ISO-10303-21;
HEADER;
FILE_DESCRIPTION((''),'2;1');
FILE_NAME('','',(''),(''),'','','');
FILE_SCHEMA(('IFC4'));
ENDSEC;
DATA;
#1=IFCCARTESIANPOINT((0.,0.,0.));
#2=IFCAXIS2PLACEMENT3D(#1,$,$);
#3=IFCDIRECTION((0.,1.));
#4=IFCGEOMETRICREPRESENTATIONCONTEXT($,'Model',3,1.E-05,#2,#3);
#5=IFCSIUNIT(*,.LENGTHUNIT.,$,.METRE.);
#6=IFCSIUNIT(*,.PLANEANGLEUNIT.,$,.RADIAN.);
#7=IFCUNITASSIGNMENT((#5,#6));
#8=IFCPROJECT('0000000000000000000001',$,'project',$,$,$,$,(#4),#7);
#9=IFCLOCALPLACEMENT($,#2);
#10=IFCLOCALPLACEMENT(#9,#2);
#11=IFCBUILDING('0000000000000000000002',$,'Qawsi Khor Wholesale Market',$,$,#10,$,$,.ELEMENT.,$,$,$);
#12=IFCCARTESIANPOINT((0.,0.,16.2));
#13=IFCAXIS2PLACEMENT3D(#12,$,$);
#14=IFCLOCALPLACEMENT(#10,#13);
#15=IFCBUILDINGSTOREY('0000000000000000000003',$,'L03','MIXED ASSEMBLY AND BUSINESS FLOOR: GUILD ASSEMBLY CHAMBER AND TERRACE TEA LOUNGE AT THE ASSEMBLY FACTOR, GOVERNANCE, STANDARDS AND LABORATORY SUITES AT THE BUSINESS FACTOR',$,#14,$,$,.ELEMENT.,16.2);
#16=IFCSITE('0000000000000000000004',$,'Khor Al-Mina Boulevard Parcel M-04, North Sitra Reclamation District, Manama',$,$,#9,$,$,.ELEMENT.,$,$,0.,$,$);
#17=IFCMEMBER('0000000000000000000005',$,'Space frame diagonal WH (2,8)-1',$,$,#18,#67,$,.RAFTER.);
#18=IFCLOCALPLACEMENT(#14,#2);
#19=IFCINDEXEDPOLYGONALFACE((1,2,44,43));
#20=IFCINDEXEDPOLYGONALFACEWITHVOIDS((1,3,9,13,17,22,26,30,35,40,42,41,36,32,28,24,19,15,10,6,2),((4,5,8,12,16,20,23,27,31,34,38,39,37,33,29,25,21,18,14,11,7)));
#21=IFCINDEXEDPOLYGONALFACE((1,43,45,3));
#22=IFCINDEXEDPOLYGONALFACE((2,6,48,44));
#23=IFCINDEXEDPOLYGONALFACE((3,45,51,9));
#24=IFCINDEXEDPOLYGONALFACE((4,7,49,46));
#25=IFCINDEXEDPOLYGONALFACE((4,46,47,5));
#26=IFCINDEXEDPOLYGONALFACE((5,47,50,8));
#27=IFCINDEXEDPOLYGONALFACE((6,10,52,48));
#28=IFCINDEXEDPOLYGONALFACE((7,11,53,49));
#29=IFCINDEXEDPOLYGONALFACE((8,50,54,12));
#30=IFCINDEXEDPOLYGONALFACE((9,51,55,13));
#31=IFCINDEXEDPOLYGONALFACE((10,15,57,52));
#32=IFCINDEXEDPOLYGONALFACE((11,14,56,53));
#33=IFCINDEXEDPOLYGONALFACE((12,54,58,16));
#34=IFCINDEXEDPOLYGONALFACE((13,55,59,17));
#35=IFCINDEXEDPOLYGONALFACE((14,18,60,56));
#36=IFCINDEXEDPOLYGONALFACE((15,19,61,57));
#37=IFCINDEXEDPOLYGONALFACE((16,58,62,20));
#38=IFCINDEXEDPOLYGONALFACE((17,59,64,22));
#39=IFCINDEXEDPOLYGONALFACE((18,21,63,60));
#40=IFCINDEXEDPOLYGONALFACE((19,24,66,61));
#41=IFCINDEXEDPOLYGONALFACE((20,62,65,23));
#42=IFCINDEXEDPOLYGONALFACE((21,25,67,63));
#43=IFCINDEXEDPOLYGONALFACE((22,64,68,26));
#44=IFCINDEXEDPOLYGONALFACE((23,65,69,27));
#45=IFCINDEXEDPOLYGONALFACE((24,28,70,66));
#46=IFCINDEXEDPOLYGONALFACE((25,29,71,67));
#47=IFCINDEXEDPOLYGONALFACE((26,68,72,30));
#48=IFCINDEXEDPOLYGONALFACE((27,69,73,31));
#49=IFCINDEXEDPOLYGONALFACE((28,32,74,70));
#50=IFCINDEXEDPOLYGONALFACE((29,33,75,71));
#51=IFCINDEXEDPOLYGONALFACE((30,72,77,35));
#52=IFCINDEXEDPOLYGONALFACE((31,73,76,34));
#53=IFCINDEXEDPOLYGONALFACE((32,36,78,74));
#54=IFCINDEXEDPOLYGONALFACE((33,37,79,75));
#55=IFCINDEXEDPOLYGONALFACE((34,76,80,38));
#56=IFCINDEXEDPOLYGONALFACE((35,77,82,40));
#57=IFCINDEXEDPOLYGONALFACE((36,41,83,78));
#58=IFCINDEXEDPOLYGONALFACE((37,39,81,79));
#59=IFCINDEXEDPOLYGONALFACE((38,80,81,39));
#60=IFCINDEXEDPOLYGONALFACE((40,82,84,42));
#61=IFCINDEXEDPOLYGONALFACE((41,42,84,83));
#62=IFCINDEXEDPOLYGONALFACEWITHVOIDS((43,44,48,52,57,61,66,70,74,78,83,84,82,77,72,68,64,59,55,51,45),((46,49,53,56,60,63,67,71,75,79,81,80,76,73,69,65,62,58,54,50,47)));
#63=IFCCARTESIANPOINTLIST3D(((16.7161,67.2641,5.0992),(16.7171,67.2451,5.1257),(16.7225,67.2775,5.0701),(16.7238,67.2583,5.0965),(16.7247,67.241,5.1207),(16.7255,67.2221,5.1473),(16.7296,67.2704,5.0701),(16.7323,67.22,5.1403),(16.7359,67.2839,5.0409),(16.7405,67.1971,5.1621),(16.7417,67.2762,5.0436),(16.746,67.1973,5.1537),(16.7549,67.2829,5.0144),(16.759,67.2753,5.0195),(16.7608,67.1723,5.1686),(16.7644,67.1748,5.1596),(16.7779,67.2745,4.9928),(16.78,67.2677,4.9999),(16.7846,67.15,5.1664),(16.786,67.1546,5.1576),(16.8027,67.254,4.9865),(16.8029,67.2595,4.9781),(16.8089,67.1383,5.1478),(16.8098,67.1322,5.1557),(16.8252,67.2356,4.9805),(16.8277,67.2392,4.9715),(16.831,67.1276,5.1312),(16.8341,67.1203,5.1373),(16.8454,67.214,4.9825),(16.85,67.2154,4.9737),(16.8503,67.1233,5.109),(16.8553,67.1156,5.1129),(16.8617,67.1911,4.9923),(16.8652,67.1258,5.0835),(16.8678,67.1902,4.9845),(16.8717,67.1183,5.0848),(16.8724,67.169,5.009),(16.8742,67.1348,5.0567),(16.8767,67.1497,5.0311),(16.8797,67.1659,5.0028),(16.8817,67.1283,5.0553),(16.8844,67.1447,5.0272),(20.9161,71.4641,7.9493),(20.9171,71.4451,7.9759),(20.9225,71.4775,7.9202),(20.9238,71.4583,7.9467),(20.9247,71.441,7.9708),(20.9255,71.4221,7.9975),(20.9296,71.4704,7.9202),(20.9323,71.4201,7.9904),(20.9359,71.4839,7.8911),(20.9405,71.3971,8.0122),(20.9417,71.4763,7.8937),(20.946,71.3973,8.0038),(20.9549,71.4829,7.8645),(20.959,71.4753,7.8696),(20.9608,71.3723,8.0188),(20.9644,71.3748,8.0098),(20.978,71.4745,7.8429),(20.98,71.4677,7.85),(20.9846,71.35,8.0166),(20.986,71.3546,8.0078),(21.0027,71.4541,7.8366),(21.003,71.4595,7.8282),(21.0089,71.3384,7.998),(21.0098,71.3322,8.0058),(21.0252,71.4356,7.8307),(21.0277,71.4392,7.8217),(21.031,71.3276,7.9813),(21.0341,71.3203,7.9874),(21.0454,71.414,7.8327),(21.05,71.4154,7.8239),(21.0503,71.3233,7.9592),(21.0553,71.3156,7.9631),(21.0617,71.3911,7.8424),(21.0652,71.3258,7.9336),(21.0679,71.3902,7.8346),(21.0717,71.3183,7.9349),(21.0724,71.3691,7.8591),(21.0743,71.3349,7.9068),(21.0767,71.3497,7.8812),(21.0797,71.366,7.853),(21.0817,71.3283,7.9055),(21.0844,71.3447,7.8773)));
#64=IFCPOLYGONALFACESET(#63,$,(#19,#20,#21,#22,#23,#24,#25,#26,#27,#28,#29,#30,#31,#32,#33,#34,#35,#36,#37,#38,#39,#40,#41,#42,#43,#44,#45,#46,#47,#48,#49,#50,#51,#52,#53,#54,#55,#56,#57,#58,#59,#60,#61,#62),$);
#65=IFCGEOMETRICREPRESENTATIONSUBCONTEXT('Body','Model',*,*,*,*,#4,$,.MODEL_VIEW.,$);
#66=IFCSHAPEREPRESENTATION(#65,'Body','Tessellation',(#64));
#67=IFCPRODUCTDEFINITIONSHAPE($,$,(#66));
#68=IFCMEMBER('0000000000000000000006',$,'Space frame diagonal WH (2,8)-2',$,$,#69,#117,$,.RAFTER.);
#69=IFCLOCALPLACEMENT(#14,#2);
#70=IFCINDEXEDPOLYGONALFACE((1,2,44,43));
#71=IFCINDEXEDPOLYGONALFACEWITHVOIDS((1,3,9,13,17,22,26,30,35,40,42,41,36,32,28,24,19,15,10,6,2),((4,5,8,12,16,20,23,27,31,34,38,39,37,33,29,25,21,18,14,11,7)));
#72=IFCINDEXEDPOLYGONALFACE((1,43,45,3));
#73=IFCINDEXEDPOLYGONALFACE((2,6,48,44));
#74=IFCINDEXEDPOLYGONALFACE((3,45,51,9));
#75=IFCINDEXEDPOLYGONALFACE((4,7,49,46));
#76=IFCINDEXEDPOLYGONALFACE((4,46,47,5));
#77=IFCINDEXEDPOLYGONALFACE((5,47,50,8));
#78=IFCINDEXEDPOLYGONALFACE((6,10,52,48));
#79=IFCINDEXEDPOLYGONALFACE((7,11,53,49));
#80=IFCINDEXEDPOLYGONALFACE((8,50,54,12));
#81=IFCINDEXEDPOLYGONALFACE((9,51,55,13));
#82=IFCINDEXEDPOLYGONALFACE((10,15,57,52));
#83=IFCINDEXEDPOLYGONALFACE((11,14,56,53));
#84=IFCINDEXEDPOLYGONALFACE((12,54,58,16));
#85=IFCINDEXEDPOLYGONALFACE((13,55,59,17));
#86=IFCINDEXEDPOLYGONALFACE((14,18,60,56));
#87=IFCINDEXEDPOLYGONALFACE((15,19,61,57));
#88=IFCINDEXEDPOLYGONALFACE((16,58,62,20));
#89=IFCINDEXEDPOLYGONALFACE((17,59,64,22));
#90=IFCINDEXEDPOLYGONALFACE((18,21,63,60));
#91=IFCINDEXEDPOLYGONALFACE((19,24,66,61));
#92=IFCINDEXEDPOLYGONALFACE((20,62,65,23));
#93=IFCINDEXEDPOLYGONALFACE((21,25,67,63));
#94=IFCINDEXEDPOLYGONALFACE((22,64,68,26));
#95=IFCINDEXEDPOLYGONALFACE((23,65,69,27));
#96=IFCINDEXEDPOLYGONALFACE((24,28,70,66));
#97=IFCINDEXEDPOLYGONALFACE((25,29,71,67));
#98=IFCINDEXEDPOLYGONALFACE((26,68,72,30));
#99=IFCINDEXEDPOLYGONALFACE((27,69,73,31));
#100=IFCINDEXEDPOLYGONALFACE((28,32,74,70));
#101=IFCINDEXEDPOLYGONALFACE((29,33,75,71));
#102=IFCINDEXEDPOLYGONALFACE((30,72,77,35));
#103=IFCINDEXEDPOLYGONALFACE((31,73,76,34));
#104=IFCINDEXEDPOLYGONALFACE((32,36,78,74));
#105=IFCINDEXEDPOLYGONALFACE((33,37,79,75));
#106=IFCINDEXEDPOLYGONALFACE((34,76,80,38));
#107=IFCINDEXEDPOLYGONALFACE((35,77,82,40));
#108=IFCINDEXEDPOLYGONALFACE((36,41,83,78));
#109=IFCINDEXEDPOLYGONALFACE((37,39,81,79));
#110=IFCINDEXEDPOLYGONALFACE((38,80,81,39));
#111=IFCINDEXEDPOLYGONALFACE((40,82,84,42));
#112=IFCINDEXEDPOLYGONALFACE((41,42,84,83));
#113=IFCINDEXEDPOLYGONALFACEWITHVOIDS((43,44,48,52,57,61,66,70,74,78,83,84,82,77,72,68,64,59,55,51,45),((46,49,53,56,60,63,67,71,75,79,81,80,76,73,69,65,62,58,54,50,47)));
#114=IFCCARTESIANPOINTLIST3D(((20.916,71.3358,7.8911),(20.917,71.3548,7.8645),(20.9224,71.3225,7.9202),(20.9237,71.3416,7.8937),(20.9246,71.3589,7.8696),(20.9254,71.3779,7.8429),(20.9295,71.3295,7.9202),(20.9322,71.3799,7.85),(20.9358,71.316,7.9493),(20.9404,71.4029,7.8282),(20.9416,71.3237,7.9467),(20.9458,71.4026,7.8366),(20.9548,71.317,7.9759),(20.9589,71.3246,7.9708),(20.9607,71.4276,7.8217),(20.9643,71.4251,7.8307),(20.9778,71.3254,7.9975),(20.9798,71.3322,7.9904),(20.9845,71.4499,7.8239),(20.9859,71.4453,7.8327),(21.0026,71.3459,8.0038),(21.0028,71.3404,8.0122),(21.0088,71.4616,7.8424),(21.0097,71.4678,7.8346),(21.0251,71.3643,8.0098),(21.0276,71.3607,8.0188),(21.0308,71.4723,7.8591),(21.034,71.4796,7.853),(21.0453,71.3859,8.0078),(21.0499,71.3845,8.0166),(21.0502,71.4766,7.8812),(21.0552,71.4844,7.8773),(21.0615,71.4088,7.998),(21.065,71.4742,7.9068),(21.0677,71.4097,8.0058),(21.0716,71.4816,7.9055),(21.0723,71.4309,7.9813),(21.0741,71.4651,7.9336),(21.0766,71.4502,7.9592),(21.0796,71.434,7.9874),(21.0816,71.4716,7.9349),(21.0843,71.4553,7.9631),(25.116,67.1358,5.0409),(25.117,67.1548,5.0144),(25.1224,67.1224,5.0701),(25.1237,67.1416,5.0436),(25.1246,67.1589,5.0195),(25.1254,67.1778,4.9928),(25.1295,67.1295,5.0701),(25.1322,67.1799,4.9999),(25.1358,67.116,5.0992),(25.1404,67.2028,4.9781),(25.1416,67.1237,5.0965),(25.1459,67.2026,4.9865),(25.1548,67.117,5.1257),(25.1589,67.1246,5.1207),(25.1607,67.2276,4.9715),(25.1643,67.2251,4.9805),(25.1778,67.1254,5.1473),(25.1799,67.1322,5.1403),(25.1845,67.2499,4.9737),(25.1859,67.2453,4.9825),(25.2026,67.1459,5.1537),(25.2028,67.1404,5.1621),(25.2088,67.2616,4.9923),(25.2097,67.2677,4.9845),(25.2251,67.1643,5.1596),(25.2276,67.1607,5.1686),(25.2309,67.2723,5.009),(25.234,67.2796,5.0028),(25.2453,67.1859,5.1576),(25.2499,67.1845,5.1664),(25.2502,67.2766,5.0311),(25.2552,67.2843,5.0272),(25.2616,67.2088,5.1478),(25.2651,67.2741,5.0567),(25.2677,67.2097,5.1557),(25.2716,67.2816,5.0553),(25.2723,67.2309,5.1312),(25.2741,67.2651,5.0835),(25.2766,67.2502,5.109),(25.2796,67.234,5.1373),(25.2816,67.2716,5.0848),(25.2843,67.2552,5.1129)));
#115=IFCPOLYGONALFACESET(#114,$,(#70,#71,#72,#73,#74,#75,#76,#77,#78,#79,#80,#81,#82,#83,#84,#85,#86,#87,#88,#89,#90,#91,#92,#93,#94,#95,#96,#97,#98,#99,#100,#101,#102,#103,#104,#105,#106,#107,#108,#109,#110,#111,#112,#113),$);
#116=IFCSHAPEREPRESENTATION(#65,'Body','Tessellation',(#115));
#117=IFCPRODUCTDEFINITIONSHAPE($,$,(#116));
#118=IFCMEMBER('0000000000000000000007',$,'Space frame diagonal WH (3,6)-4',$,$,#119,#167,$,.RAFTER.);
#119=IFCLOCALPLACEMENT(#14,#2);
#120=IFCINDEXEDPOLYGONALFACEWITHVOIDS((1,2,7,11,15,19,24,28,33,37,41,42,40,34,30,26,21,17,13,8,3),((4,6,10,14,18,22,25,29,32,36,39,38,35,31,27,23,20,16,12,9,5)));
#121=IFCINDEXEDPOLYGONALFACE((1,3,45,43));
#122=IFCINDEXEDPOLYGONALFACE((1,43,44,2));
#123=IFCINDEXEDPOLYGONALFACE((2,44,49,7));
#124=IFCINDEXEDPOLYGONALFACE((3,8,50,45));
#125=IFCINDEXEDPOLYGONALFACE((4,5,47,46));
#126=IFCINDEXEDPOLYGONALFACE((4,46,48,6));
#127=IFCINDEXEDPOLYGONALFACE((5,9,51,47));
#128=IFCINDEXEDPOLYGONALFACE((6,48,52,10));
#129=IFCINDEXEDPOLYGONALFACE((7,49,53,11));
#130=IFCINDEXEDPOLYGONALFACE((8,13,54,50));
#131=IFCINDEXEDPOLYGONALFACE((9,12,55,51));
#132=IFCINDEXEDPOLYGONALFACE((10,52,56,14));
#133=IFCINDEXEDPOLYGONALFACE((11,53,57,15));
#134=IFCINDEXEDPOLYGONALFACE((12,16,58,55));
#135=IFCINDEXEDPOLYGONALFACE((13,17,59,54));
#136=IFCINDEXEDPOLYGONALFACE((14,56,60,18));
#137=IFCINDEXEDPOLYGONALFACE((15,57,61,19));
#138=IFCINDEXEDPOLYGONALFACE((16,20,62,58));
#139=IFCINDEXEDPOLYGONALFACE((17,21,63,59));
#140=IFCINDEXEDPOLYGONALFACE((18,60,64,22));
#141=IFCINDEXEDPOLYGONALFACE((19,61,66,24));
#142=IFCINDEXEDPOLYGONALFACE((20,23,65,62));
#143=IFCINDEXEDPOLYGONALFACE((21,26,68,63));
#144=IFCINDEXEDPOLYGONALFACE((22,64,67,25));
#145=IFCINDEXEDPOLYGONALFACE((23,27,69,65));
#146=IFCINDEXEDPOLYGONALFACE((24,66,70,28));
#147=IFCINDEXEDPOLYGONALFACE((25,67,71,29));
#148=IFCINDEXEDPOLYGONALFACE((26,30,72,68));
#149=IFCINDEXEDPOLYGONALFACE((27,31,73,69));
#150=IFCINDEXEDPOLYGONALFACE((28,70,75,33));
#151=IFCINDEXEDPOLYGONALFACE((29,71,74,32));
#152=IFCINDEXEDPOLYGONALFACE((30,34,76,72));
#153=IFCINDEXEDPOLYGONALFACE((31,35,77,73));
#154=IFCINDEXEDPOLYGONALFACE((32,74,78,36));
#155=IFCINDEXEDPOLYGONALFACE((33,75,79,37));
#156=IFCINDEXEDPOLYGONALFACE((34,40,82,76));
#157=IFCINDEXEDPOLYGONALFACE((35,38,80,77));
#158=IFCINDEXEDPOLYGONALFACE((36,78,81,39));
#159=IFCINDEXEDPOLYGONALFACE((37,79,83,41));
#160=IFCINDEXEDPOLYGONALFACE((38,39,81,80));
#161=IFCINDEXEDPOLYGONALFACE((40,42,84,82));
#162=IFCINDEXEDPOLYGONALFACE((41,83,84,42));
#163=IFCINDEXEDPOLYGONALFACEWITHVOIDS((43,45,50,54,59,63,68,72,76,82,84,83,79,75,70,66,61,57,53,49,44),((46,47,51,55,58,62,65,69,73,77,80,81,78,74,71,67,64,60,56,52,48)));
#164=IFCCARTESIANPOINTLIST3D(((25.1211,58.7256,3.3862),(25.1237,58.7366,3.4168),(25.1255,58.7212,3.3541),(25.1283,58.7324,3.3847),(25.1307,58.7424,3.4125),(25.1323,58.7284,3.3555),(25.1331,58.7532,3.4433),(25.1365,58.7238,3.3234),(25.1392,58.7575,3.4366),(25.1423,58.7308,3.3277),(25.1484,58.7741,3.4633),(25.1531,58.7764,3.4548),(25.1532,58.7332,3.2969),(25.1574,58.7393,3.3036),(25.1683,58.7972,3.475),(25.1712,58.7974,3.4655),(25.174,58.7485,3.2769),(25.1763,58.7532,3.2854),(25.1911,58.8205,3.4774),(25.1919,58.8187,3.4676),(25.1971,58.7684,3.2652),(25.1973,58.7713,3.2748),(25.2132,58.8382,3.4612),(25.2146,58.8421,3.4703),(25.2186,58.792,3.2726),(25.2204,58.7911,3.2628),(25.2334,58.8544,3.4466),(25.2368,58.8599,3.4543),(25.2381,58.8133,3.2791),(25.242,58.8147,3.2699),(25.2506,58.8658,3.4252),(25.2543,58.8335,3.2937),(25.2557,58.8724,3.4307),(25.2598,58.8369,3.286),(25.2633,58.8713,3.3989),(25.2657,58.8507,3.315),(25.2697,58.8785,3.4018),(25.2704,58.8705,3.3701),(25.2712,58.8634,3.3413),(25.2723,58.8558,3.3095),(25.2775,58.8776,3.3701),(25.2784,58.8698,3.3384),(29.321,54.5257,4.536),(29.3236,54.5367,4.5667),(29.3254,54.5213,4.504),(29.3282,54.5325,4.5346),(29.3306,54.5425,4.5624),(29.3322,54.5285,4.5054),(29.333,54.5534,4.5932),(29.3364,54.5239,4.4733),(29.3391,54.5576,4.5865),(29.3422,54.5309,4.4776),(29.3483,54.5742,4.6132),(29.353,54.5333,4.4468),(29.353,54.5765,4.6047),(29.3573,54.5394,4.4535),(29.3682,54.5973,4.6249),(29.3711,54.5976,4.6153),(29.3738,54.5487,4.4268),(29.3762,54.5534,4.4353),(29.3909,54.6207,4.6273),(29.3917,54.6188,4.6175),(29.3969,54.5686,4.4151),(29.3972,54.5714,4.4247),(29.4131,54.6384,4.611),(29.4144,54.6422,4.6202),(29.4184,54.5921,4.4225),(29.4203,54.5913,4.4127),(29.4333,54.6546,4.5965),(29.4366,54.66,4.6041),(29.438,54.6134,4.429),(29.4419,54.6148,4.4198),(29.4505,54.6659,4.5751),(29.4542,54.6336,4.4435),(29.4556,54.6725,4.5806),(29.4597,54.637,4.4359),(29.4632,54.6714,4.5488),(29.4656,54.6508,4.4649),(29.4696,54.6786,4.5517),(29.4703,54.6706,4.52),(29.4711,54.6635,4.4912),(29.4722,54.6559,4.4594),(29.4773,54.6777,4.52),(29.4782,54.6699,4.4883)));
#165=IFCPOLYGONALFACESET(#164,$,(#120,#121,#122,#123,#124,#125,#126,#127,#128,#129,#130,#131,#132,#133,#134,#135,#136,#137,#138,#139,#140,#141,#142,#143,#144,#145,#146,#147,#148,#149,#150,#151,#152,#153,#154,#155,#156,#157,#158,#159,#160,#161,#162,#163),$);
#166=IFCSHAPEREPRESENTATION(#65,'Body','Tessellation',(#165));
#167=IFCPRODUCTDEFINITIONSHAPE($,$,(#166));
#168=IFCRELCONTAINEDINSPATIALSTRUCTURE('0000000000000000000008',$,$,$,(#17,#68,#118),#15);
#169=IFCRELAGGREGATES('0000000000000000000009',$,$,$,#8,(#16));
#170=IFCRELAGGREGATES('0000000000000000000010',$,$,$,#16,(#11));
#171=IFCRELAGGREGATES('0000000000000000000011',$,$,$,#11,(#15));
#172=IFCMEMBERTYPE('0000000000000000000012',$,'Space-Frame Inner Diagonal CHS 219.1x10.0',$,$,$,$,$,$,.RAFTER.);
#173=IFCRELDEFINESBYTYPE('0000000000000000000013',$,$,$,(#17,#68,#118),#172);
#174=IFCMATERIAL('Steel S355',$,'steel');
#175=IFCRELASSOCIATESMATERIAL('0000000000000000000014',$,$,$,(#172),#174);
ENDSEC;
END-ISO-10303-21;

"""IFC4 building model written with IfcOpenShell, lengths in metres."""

from ifc_helpers import new_model, si_unit, direction, frame, origin, origin_2d, place, context, subcontext, project, spatial, hollow_circle, extrude, material, material_profile, profile_set, type_object, element, save


model = new_model("IFC4")

# Units and contexts
model_context = context("Model", 3, precision=1e-05, world=origin(), true_north=direction((0.0, 1.0)))
body_context = subcontext(model_context, "Body", "Model", "MODEL_VIEW")
ifc_project = project(units=[si_unit("LENGTHUNIT", "METRE"), si_unit("PLANEANGLEUNIT", "RADIAN")], contexts=[model_context])

# Site, building, storey
site_placement = place(None, origin())
site = spatial("IfcSite", under=ifc_project, at=site_placement, Name="Khor Al-Mina Boulevard Parcel M-04, North Sitra Reclamation District, Manama", CompositionType="ELEMENT", RefElevation=0.0)
building_placement = place(site_placement, origin())
building = spatial("IfcBuilding", under=site, at=building_placement, Name="Qawsi Khor Wholesale Market", CompositionType="ELEMENT")
storey_placement = place(building_placement, frame((0.0, 0.0, 16.2)))
storey = spatial("IfcBuildingStorey", under=building, at=storey_placement, Name="L03", Description="MIXED ASSEMBLY AND BUSINESS FLOOR: GUILD ASSEMBLY CHAMBER AND TERRACE TEA LOUNGE AT THE ASSEMBLY FACTOR, GOVERNANCE, STANDARDS AND LABORATORY SUITES AT THE BUSINESS FACTOR", CompositionType="ELEMENT", Elevation=16.2)

# Members
ifc_material_1 = material(Name="Steel S355", Category="steel")
ifc_material_profile_1 = material_profile(ifc_material_1, hollow_circle(Radius=0.1096, WallThickness=0.01, at=origin_2d()), Name="CHS 219.1x10.0")
ifc_profile_set_1 = profile_set([ifc_material_profile_1], Name="Steel S355")
member_type_1 = type_object("IfcMemberType", Name="Space-Frame Inner Diagonal CHS 219.1x10.0", PredefinedType="RAFTER", material=ifc_profile_set_1)
for number, where, z_axis, x_axis, name in (
    (1, (16.8, 67.2, 5.0701), (0.637512, 0.637512, 0.432617), (-0.707107, 0.707107, 0.0), "Space frame diagonal WH (2,8)-1"),
    (2, (25.2, 67.2, 5.0701), (-0.637512, 0.637512, 0.432617), (-0.707107, -0.707107, 0.0), "Space frame diagonal WH (2,8)-2"),
):
    element("IfcMember", number, at=place(storey_placement, frame(where, z_axis=z_axis, x_axis=x_axis)), inside=storey, type_object=member_type_1, Name=name, PredefinedType="RAFTER", context=body_context, shape_type="SweptSolid", body=[
        extrude(hollow_circle(Radius=0.1096, WallThickness=0.01, at=origin_2d()), origin(), (0.0, 0.0, 1.0), 6.5881),
    ])
member_1_placement = place(storey_placement, frame((25.2, 58.8, 3.3701), z_axis=(0.694217, -0.694217, 0.190069), x_axis=(0.707107, 0.707107, 0.0)))
element("IfcMember", 3, at=member_1_placement, inside=storey, type_object=member_type_1, Name="Space frame diagonal WH (3,6)-4", PredefinedType="RAFTER", context=body_context, shape_type="SweptSolid", body=[
    extrude(hollow_circle(Radius=0.1096, WallThickness=0.01, at=origin_2d()), origin(), (0.0, 0.0, 1.0), 6.0498),
])

save(model, "model.ifc")
